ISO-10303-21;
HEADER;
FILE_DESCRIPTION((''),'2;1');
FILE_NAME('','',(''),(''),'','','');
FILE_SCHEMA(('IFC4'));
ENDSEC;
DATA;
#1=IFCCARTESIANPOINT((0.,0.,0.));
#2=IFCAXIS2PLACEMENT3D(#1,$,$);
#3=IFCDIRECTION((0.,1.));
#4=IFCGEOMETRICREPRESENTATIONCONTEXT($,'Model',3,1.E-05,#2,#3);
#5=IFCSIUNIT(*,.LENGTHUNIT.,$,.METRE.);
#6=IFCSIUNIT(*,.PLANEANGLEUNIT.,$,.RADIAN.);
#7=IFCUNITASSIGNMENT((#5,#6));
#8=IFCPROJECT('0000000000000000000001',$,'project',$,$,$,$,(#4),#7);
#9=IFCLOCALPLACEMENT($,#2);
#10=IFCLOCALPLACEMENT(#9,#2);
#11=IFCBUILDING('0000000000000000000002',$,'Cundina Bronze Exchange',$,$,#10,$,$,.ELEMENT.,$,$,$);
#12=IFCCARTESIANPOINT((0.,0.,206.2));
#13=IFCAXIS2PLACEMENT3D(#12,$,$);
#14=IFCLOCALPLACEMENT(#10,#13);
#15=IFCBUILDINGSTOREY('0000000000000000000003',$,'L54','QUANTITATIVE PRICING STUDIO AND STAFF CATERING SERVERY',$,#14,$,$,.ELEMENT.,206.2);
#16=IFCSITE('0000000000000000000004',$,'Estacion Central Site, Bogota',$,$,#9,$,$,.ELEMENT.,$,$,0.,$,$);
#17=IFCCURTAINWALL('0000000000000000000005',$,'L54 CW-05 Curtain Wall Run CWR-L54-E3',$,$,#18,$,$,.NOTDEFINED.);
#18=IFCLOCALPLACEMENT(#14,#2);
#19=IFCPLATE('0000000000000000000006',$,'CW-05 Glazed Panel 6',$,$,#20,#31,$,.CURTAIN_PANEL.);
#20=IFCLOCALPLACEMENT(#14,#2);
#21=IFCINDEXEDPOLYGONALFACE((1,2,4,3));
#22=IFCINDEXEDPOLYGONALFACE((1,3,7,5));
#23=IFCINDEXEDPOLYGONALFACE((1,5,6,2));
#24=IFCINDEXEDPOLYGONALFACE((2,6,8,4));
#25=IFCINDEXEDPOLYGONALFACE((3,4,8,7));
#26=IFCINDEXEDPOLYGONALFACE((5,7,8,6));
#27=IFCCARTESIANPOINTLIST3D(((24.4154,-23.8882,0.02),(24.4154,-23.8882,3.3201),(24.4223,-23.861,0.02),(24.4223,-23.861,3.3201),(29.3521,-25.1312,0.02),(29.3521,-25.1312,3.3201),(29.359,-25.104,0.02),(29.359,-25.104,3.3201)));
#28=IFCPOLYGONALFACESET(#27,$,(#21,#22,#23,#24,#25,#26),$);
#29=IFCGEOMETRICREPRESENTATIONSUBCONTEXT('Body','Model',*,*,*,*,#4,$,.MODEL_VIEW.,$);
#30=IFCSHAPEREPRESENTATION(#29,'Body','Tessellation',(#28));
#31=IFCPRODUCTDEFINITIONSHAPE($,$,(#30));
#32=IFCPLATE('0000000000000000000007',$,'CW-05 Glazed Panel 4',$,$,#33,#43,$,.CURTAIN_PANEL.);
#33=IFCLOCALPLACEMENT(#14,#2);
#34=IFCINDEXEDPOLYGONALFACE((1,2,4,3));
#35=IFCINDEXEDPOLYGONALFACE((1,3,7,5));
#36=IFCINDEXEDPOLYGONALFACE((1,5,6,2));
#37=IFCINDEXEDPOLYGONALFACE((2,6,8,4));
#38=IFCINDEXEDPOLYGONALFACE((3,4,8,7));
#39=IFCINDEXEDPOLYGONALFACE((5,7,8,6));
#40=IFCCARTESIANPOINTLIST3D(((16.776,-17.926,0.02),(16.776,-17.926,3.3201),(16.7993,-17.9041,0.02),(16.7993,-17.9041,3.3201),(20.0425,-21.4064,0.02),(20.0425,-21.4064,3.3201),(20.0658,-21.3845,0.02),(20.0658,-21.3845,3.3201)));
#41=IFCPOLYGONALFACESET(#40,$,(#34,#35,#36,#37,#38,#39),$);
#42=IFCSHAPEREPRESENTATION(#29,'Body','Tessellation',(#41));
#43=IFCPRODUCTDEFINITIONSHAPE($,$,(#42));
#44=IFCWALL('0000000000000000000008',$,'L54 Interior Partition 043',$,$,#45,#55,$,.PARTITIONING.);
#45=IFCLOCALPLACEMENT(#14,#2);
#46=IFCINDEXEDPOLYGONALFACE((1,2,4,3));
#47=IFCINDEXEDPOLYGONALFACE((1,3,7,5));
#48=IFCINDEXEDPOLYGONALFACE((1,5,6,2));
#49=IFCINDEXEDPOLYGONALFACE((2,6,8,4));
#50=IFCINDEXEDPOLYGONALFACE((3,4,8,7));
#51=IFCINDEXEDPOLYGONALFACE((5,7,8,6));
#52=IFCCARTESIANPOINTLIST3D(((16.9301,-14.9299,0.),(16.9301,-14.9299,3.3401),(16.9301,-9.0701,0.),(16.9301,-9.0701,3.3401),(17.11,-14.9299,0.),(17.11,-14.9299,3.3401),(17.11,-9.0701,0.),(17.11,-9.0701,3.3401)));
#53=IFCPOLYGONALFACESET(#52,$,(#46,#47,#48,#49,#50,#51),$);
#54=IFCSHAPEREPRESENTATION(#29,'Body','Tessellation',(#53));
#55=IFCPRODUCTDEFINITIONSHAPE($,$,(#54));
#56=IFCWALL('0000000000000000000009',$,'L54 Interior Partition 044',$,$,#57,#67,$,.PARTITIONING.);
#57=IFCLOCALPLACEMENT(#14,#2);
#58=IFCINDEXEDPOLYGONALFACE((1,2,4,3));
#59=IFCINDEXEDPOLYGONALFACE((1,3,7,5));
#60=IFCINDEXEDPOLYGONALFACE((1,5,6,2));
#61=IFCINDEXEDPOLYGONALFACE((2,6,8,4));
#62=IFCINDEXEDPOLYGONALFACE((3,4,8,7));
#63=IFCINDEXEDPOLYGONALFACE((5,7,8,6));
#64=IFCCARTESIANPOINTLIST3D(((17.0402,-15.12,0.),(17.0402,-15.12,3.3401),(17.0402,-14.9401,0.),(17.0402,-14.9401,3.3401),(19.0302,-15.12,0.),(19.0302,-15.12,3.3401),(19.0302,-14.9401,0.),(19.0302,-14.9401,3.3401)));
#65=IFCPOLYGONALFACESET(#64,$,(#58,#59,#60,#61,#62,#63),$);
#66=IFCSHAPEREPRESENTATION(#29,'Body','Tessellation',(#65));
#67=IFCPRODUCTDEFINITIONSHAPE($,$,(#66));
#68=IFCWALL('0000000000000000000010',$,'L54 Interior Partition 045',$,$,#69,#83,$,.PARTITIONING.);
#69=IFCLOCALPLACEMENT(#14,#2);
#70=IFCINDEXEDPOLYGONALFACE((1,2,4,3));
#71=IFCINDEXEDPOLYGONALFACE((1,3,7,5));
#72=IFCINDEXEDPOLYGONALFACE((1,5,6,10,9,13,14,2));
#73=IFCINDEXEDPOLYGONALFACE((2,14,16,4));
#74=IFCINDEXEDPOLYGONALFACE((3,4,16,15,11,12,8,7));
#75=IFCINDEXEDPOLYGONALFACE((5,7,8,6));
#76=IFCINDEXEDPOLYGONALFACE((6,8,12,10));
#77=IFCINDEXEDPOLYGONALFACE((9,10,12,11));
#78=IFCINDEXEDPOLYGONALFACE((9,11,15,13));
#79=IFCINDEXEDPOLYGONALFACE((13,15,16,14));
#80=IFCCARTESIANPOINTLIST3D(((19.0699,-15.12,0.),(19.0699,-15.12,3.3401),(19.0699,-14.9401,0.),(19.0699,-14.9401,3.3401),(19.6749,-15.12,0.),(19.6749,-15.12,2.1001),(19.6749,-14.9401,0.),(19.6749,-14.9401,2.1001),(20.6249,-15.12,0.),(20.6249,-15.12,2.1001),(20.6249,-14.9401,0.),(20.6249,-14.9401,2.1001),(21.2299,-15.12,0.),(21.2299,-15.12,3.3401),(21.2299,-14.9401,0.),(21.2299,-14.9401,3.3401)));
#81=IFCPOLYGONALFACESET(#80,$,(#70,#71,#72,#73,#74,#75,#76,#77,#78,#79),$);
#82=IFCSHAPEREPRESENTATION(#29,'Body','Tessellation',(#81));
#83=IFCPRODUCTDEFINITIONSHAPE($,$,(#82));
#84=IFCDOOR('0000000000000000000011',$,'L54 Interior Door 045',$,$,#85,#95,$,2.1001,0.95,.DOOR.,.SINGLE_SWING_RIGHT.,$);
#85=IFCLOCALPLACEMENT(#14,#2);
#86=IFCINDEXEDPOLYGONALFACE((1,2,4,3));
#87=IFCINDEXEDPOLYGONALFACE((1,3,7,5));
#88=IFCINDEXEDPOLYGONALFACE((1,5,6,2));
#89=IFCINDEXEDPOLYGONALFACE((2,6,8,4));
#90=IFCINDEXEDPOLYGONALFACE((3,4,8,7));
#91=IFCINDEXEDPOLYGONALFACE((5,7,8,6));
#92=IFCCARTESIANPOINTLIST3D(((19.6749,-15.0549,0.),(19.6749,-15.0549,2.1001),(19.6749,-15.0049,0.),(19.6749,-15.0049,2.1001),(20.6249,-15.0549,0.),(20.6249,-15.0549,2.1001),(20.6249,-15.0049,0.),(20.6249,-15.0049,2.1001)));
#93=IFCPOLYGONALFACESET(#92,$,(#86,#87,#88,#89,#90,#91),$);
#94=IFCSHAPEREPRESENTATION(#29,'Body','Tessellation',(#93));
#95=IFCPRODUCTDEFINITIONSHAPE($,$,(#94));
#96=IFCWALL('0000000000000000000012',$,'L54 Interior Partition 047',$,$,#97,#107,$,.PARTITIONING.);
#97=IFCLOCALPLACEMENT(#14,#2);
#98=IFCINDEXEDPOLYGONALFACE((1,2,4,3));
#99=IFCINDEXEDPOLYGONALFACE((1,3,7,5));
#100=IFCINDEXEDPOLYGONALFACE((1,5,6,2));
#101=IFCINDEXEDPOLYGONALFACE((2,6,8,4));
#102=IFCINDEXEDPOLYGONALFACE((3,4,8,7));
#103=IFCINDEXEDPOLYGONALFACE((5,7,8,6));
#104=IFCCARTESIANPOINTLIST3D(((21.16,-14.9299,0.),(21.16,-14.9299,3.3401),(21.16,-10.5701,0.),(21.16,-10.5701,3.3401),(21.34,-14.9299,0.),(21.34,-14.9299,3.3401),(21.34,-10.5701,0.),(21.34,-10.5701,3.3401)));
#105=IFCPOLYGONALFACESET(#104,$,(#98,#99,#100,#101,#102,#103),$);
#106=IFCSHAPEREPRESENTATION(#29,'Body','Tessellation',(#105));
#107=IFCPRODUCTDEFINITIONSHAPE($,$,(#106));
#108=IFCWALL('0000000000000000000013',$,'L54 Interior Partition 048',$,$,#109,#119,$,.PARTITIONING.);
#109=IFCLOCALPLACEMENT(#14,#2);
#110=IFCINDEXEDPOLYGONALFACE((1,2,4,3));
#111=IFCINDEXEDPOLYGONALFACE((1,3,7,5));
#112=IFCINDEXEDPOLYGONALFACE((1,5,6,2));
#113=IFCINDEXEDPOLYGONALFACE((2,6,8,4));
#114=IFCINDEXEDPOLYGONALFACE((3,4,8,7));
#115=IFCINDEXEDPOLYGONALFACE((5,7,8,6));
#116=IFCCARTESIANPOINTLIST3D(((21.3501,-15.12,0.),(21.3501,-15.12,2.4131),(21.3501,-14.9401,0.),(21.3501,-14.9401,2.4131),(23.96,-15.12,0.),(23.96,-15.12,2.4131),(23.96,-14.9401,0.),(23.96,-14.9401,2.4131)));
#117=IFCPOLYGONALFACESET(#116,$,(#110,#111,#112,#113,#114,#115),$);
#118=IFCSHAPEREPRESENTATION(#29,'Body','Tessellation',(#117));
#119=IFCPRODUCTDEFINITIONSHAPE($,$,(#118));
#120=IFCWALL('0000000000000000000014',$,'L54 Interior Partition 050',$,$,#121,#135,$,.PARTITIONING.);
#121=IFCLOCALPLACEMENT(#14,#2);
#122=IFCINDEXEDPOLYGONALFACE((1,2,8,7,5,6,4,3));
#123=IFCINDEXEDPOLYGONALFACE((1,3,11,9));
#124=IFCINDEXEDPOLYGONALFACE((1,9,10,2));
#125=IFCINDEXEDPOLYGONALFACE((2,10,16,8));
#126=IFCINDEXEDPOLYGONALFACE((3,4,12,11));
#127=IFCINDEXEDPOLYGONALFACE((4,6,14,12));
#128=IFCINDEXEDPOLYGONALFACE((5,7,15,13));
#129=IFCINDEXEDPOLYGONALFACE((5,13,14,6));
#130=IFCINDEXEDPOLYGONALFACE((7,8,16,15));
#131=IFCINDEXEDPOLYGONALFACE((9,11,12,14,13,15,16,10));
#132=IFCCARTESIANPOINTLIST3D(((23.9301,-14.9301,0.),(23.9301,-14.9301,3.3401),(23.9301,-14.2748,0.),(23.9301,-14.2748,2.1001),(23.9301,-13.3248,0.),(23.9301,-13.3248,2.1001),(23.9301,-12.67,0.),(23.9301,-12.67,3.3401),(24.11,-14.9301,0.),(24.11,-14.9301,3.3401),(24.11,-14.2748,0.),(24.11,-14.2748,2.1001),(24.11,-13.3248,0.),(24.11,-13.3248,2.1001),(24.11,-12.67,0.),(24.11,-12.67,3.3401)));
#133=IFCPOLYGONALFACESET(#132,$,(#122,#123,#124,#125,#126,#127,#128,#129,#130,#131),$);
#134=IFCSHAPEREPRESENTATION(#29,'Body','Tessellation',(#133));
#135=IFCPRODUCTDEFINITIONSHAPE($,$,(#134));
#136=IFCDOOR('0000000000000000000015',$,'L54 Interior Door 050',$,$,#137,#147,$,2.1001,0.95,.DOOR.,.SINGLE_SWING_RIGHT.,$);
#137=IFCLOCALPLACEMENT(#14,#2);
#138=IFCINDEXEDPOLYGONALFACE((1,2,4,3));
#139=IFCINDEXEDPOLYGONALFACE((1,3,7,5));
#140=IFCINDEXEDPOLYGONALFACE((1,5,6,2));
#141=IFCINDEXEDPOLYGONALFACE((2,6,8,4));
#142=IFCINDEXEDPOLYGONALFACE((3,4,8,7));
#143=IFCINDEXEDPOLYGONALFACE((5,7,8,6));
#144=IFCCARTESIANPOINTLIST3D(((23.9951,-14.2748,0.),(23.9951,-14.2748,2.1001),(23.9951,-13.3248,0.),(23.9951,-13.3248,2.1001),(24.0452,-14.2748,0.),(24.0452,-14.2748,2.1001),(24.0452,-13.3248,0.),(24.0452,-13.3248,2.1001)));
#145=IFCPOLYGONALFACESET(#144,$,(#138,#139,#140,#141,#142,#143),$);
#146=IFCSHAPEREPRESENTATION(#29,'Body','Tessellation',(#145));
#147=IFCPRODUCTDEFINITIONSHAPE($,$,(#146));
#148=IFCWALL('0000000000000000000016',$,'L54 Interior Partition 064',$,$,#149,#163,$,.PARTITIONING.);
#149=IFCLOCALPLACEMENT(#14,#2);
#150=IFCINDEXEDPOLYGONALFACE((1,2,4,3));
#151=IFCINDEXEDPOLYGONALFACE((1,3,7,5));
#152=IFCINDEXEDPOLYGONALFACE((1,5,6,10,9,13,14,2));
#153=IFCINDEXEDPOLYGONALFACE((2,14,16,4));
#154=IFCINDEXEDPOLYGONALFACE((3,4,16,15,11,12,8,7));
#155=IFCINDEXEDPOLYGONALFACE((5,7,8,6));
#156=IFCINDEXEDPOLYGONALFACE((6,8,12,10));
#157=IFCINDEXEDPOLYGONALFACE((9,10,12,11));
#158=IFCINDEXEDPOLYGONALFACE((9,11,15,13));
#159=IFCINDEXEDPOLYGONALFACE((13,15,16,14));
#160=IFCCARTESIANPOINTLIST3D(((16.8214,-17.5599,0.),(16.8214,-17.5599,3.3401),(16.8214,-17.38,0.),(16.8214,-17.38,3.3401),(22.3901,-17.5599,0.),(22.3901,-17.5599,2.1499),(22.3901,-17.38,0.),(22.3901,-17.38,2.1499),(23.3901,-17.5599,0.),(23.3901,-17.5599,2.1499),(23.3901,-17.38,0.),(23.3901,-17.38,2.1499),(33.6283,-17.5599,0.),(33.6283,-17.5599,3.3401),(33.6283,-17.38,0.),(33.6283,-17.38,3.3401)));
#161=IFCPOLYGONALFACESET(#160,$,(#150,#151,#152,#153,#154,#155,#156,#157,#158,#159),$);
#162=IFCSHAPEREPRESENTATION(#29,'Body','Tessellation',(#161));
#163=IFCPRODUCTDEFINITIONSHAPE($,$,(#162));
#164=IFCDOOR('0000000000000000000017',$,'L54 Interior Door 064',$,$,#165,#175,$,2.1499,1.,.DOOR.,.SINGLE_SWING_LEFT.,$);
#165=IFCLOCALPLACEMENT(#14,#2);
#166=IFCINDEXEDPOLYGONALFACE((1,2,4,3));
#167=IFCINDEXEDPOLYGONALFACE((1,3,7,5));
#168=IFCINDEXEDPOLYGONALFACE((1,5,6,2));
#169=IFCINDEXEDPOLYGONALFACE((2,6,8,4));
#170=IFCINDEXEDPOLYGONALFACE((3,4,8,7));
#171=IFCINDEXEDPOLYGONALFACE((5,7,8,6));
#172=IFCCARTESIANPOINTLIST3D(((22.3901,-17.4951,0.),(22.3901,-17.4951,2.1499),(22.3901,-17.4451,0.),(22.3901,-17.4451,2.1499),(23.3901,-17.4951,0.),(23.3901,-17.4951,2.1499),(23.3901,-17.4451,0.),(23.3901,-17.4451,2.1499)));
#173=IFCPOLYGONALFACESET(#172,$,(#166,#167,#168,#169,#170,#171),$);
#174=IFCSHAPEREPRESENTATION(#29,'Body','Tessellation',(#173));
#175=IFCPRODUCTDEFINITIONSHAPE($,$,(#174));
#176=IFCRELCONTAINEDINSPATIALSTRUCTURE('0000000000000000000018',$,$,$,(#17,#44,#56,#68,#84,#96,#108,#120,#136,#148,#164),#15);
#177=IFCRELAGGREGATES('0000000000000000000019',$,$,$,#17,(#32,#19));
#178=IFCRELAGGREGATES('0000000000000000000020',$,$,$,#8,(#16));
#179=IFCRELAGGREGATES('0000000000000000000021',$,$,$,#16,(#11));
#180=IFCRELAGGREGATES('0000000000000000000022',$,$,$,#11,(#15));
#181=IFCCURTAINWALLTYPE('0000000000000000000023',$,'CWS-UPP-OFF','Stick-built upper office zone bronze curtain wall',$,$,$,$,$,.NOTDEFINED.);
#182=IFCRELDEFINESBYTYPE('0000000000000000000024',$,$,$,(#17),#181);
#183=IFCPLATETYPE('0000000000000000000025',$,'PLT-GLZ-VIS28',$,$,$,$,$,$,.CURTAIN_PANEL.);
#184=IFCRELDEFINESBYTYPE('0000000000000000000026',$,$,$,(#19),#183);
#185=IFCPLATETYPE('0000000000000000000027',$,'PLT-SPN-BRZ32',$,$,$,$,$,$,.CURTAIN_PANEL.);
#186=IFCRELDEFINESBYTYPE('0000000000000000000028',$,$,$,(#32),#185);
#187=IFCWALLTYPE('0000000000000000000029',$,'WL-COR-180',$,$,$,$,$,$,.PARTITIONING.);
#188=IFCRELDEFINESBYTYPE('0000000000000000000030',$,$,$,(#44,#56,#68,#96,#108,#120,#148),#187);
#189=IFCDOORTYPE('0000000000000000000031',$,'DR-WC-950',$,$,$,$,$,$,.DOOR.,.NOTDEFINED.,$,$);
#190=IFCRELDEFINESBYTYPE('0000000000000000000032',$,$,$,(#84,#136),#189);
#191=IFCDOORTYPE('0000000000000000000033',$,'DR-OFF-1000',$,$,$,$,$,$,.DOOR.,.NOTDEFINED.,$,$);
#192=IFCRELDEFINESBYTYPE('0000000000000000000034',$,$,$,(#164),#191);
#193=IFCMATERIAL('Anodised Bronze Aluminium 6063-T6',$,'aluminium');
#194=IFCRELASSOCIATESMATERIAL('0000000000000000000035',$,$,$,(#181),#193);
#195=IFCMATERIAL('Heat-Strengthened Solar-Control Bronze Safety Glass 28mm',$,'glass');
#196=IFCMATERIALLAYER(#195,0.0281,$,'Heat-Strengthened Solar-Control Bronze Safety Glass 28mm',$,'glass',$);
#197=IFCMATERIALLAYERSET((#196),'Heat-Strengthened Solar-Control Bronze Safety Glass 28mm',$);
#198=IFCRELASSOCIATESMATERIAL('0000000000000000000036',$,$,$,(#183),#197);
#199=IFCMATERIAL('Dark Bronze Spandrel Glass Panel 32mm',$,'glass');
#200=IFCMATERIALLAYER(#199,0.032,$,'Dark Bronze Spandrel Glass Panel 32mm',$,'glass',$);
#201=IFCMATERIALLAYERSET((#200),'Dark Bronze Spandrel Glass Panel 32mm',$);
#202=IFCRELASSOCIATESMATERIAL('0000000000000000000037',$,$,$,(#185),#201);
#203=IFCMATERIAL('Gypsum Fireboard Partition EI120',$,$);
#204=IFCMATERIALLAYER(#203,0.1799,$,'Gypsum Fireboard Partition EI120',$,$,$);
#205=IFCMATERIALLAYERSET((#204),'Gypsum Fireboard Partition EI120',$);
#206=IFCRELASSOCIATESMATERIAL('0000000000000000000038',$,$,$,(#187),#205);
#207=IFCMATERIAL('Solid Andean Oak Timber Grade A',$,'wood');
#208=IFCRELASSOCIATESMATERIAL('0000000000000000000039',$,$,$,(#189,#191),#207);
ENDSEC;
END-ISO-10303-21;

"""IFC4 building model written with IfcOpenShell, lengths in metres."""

from ifc_helpers import new_model, si_unit, direction, frame, frame_2d, origin, origin_2d, place, context, subcontext, project, spatial, rectangle, extrude, material, layer, layer_set, type_object, element, fill, aggregate, save


model = new_model("IFC4")

# Units and contexts
model_context = context("Model", 3, precision=1e-05, world=origin(), true_north=direction((0.0, 1.0)))
body_context = subcontext(model_context, "Body", "Model", "MODEL_VIEW")
ifc_project = project(units=[si_unit("LENGTHUNIT", "METRE"), si_unit("PLANEANGLEUNIT", "RADIAN")], contexts=[model_context])

# Site, building, storey
site_placement = place(None, origin())
site = spatial("IfcSite", under=ifc_project, at=site_placement, Name="Estacion Central Site, Bogota", CompositionType="ELEMENT", RefElevation=0.0)
building_placement = place(site_placement, origin())
building = spatial("IfcBuilding", under=site, at=building_placement, Name="Cundina Bronze Exchange", CompositionType="ELEMENT")
storey_placement = place(building_placement, frame((0.0, 0.0, 206.2)))
storey = spatial("IfcBuildingStorey", under=building, at=storey_placement, Name="L54", Description="QUANTITATIVE PRICING STUDIO AND STAFF CATERING SERVERY", CompositionType="ELEMENT", Elevation=206.2)

# Curtain wall, plates
ifc_material_1 = material(Name="Anodised Bronze Aluminium 6063-T6", Category="aluminium")
curtain_wall_type = type_object("IfcCurtainWallType", Name="CWS-UPP-OFF", Description="Stick-built upper office zone bronze curtain wall", PredefinedType="NOTDEFINED", material=ifc_material_1)
curtain_wall_placement = place(storey_placement, origin())
curtain_wall = element("IfcCurtainWall", 1, at=curtain_wall_placement, inside=storey, type_object=curtain_wall_type, Name="L54 CW-05 Curtain Wall Run CWR-L54-E3", PredefinedType="NOTDEFINED")
ifc_material_2 = material(Name="Heat-Strengthened Solar-Control Bronze Safety Glass 28mm", Category="glass")
ifc_layer_1 = layer(ifc_material_2, 0.0281, Name="Heat-Strengthened Solar-Control Bronze Safety Glass 28mm", Category="glass")
ifc_layer_set_1 = layer_set([ifc_layer_1], Name="Heat-Strengthened Solar-Control Bronze Safety Glass 28mm")
plate_type_1 = type_object("IfcPlateType", Name="PLT-GLZ-VIS28", PredefinedType="CURTAIN_PANEL", material=ifc_layer_set_1)
plate_1_placement = place(storey_placement, frame((26.8872, -24.4961, 0.02), z_axis=(0.0, 0.0, 1.0), x_axis=(0.969732, -0.244174, 0.0)))
plate_1 = element("IfcPlate", 2, at=plate_1_placement, type_object=plate_type_1, Name="CW-05 Glazed Panel 6", PredefinedType="CURTAIN_PANEL", context=body_context, shape_type="SweptSolid", body=[
    extrude(rectangle(XDim=5.0908, YDim=0.0281, at=origin_2d()), origin(), (0.0, 0.0, 1.0), 3.3),
])
ifc_material_3 = material(Name="Dark Bronze Spandrel Glass Panel 32mm", Category="glass")
ifc_layer_2 = layer(ifc_material_3, 0.032, Name="Dark Bronze Spandrel Glass Panel 32mm", Category="glass")
ifc_layer_set_2 = layer_set([ifc_layer_2], Name="Dark Bronze Spandrel Glass Panel 32mm")
plate_type_2 = type_object("IfcPlateType", Name="PLT-SPN-BRZ32", PredefinedType="CURTAIN_PANEL", material=ifc_layer_set_2)
plate_2_placement = place(storey_placement, frame((18.4209, -19.6553, 0.02), z_axis=(0.0, 0.0, 1.0), x_axis=(0.684344, -0.72916, 0.0)))
plate_2 = element("IfcPlate", 3, at=plate_2_placement, type_object=plate_type_2, Name="CW-05 Glazed Panel 4", PredefinedType="CURTAIN_PANEL", context=body_context, shape_type="SweptSolid", body=[
    extrude(rectangle(XDim=4.7732, YDim=0.032, at=origin_2d()), origin(), (0.0, 0.0, 1.0), 3.3),
])
aggregate(curtain_wall, [plate_2, plate_1])

# Walls
ifc_material_4 = material(Name="Gypsum Fireboard Partition EI120")
ifc_layer_3 = layer(ifc_material_4, 0.1799, Name="Gypsum Fireboard Partition EI120")
ifc_layer_set_3 = layer_set([ifc_layer_3], Name="Gypsum Fireboard Partition EI120")
wall_type_1 = type_object("IfcWallType", Name="WL-COR-180", PredefinedType="PARTITIONING", material=ifc_layer_set_3)
wall_1_placement = place(storey_placement, frame((17.02, -14.9299, 0.0), z_axis=(0.0, 0.0, 1.0), x_axis=(0.0, 1.0, 0.0)))
element("IfcWall", 4, at=wall_1_placement, inside=storey, type_object=wall_type_1, Name="L54 Interior Partition 043", PredefinedType="PARTITIONING", context=body_context, shape_type="SweptSolid", body=[
    extrude(rectangle(XDim=5.8599, YDim=0.1799, at=frame_2d((2.9299, 0.0))), origin(), (0.0, 0.0, 1.0), 3.3401),
])
wall_2_placement = place(storey_placement, frame((17.04, -15.03, 0.0), z_axis=(0.0, 0.0, 1.0), x_axis=(1.0, 0.0, 0.0)))
element("IfcWall", 5, at=wall_2_placement, inside=storey, type_object=wall_type_1, Name="L54 Interior Partition 044", PredefinedType="PARTITIONING", context=body_context, shape_type="SweptSolid", body=[
    extrude(rectangle(XDim=1.99, YDim=0.1799, at=frame_2d((0.9951, 0.0))), origin(), (0.0, 0.0, 1.0), 3.3401),
])

# Wall, opening, door
wall_3_placement = place(storey_placement, frame((21.23, -15.03, 0.0), z_axis=(0.0, 0.0, 1.0), x_axis=(-1.0, 0.0, 0.0)))
wall_3 = element("IfcWall", 6, at=wall_3_placement, inside=storey, type_object=wall_type_1, Name="L54 Interior Partition 045", PredefinedType="PARTITIONING", context=body_context, shape_type="SweptSolid", body=[
    extrude(rectangle(XDim=2.1599, YDim=0.1799, at=frame_2d((1.0801, 0.0))), origin(), (0.0, 0.0, 1.0), 3.3401),
])
opening_1_placement = place(wall_3_placement, frame((0.605, 0.0, 0.0)))
opening_1 = element("IfcOpeningElement", 7, at=opening_1_placement, cuts=wall_3, PredefinedType="OPENING", context=body_context, shape_type="SweptSolid", body=[
    extrude(rectangle(XDim=0.95, YDim=2.1001, at=frame_2d((0.4751, 1.05))), frame((0.0, 0.0999, 0.0), z_axis=(0.0, -1.0, 0.0), x_axis=(1.0, 0.0, 0.0)), (0.0, 0.0, 1.0), 0.2),
])
ifc_material_5 = material(Name="Solid Andean Oak Timber Grade A", Category="wood")
door_type_1 = type_object("IfcDoorType", Name="DR-WC-950", OperationType="NOTDEFINED", PredefinedType="DOOR", material=ifc_material_5)
door_1_placement = place(opening_1_placement, origin())
door_1 = element("IfcDoor", 8, at=door_1_placement, inside=storey, type_object=door_type_1, Name="L54 Interior Door 045", OperationType="SINGLE_SWING_RIGHT", OverallHeight=2.1001, OverallWidth=0.95, PredefinedType="DOOR", context=body_context, shape_type="SweptSolid", body=[
    extrude(rectangle(XDim=0.95, YDim=2.1001, at=frame_2d((0.4751, 1.05))), frame((0.0, 0.0249, 0.0), z_axis=(0.0, -1.0, 0.0), x_axis=(1.0, 0.0, 0.0)), (0.0, 0.0, 1.0), 0.05),
])
fill(opening_1, door_1)

# Walls
wall_4_placement = place(storey_placement, frame((21.25, -14.9299, 0.0), z_axis=(0.0, 0.0, 1.0), x_axis=(0.0, 1.0, 0.0)))
element("IfcWall", 9, at=wall_4_placement, inside=storey, type_object=wall_type_1, Name="L54 Interior Partition 047", PredefinedType="PARTITIONING", context=body_context, shape_type="SweptSolid", body=[
    extrude(rectangle(XDim=4.3599, YDim=0.1799, at=frame_2d((2.1799, 0.0))), origin(), (0.0, 0.0, 1.0), 3.3401),
])
wall_5_placement = place(storey_placement, frame((21.3501, -15.03, 0.0), z_axis=(0.0, 0.0, 1.0), x_axis=(1.0, 0.0, 0.0)))
element("IfcWall", 10, at=wall_5_placement, inside=storey, type_object=wall_type_1, Name="L54 Interior Partition 048", PredefinedType="PARTITIONING", context=body_context, shape_type="SweptSolid", body=[
    extrude(rectangle(XDim=2.6099, YDim=0.1799, at=frame_2d((1.3049, 0.0))), origin(), (0.0, 0.0, 1.0), 2.4131),
])

# Walls, openings, doors
wall_6_placement = place(storey_placement, frame((24.02, -14.9299, 0.0), z_axis=(0.0, 0.0, 1.0), x_axis=(0.0, 1.0, 0.0)))
wall_6 = element("IfcWall", 11, at=wall_6_placement, inside=storey, type_object=wall_type_1, Name="L54 Interior Partition 050", PredefinedType="PARTITIONING", context=body_context, shape_type="SweptSolid", body=[
    extrude(rectangle(XDim=2.26, YDim=0.1799, at=frame_2d((1.1299, 0.0))), origin(), (0.0, 0.0, 1.0), 3.3401),
])
opening_2_placement = place(wall_6_placement, frame((0.655, 0.0, 0.0)))
opening_2 = element("IfcOpeningElement", 12, at=opening_2_placement, cuts=wall_6, PredefinedType="OPENING", context=body_context, shape_type="SweptSolid", body=[
    extrude(rectangle(XDim=0.95, YDim=2.1001, at=frame_2d((0.4751, 1.05))), frame((0.0, 0.0999, 0.0), z_axis=(0.0, -1.0, 0.0), x_axis=(1.0, 0.0, 0.0)), (0.0, 0.0, 1.0), 0.2),
])
door_2_placement = place(opening_2_placement, origin())
door_2 = element("IfcDoor", 13, at=door_2_placement, inside=storey, type_object=door_type_1, Name="L54 Interior Door 050", OperationType="SINGLE_SWING_RIGHT", OverallHeight=2.1001, OverallWidth=0.95, PredefinedType="DOOR", context=body_context, shape_type="SweptSolid", body=[
    extrude(rectangle(XDim=0.95, YDim=2.1001, at=frame_2d((0.4751, 1.05))), frame((0.0, 0.0249, 0.0), z_axis=(0.0, -1.0, 0.0), x_axis=(1.0, 0.0, 0.0)), (0.0, 0.0, 1.0), 0.05),
])
fill(opening_2, door_2)
wall_7_placement = place(storey_placement, frame((16.8215, -17.47, 0.0), z_axis=(0.0, 0.0, 1.0), x_axis=(1.0, 0.0, 0.0)))
wall_7 = element("IfcWall", 14, at=wall_7_placement, inside=storey, type_object=wall_type_1, Name="L54 Interior Partition 064", PredefinedType="PARTITIONING", context=body_context, shape_type="SweptSolid", body=[
    extrude(rectangle(XDim=16.8069, YDim=0.1799, at=frame_2d((8.4033, 0.0))), origin(), (0.0, 0.0, 1.0), 3.3401),
])
opening_3_placement = place(wall_7_placement, frame((5.5686, 0.0, 0.0)))
opening_3 = element("IfcOpeningElement", 15, at=opening_3_placement, cuts=wall_7, PredefinedType="OPENING", context=body_context, shape_type="SweptSolid", body=[
    extrude(rectangle(XDim=1.0, YDim=2.1499, at=frame_2d((0.5, 1.075))), frame((0.0, 0.0999, 0.0), z_axis=(0.0, -1.0, 0.0), x_axis=(1.0, 0.0, 0.0)), (0.0, 0.0, 1.0), 0.2),
])
door_type_2 = type_object("IfcDoorType", Name="DR-OFF-1000", OperationType="NOTDEFINED", PredefinedType="DOOR", material=ifc_material_5)
door_3_placement = place(opening_3_placement, origin())
door_3 = element("IfcDoor", 16, at=door_3_placement, inside=storey, type_object=door_type_2, Name="L54 Interior Door 064", OperationType="SINGLE_SWING_LEFT", OverallHeight=2.1499, OverallWidth=1.0, PredefinedType="DOOR", context=body_context, shape_type="SweptSolid", body=[
    extrude(rectangle(XDim=1.0, YDim=2.1499, at=frame_2d((0.5, 1.075))), frame((0.0, 0.0249, 0.0), z_axis=(0.0, -1.0, 0.0), x_axis=(1.0, 0.0, 0.0)), (0.0, 0.0, 1.0), 0.05),
])
fill(opening_3, door_3)

save(model, "model.ifc")
